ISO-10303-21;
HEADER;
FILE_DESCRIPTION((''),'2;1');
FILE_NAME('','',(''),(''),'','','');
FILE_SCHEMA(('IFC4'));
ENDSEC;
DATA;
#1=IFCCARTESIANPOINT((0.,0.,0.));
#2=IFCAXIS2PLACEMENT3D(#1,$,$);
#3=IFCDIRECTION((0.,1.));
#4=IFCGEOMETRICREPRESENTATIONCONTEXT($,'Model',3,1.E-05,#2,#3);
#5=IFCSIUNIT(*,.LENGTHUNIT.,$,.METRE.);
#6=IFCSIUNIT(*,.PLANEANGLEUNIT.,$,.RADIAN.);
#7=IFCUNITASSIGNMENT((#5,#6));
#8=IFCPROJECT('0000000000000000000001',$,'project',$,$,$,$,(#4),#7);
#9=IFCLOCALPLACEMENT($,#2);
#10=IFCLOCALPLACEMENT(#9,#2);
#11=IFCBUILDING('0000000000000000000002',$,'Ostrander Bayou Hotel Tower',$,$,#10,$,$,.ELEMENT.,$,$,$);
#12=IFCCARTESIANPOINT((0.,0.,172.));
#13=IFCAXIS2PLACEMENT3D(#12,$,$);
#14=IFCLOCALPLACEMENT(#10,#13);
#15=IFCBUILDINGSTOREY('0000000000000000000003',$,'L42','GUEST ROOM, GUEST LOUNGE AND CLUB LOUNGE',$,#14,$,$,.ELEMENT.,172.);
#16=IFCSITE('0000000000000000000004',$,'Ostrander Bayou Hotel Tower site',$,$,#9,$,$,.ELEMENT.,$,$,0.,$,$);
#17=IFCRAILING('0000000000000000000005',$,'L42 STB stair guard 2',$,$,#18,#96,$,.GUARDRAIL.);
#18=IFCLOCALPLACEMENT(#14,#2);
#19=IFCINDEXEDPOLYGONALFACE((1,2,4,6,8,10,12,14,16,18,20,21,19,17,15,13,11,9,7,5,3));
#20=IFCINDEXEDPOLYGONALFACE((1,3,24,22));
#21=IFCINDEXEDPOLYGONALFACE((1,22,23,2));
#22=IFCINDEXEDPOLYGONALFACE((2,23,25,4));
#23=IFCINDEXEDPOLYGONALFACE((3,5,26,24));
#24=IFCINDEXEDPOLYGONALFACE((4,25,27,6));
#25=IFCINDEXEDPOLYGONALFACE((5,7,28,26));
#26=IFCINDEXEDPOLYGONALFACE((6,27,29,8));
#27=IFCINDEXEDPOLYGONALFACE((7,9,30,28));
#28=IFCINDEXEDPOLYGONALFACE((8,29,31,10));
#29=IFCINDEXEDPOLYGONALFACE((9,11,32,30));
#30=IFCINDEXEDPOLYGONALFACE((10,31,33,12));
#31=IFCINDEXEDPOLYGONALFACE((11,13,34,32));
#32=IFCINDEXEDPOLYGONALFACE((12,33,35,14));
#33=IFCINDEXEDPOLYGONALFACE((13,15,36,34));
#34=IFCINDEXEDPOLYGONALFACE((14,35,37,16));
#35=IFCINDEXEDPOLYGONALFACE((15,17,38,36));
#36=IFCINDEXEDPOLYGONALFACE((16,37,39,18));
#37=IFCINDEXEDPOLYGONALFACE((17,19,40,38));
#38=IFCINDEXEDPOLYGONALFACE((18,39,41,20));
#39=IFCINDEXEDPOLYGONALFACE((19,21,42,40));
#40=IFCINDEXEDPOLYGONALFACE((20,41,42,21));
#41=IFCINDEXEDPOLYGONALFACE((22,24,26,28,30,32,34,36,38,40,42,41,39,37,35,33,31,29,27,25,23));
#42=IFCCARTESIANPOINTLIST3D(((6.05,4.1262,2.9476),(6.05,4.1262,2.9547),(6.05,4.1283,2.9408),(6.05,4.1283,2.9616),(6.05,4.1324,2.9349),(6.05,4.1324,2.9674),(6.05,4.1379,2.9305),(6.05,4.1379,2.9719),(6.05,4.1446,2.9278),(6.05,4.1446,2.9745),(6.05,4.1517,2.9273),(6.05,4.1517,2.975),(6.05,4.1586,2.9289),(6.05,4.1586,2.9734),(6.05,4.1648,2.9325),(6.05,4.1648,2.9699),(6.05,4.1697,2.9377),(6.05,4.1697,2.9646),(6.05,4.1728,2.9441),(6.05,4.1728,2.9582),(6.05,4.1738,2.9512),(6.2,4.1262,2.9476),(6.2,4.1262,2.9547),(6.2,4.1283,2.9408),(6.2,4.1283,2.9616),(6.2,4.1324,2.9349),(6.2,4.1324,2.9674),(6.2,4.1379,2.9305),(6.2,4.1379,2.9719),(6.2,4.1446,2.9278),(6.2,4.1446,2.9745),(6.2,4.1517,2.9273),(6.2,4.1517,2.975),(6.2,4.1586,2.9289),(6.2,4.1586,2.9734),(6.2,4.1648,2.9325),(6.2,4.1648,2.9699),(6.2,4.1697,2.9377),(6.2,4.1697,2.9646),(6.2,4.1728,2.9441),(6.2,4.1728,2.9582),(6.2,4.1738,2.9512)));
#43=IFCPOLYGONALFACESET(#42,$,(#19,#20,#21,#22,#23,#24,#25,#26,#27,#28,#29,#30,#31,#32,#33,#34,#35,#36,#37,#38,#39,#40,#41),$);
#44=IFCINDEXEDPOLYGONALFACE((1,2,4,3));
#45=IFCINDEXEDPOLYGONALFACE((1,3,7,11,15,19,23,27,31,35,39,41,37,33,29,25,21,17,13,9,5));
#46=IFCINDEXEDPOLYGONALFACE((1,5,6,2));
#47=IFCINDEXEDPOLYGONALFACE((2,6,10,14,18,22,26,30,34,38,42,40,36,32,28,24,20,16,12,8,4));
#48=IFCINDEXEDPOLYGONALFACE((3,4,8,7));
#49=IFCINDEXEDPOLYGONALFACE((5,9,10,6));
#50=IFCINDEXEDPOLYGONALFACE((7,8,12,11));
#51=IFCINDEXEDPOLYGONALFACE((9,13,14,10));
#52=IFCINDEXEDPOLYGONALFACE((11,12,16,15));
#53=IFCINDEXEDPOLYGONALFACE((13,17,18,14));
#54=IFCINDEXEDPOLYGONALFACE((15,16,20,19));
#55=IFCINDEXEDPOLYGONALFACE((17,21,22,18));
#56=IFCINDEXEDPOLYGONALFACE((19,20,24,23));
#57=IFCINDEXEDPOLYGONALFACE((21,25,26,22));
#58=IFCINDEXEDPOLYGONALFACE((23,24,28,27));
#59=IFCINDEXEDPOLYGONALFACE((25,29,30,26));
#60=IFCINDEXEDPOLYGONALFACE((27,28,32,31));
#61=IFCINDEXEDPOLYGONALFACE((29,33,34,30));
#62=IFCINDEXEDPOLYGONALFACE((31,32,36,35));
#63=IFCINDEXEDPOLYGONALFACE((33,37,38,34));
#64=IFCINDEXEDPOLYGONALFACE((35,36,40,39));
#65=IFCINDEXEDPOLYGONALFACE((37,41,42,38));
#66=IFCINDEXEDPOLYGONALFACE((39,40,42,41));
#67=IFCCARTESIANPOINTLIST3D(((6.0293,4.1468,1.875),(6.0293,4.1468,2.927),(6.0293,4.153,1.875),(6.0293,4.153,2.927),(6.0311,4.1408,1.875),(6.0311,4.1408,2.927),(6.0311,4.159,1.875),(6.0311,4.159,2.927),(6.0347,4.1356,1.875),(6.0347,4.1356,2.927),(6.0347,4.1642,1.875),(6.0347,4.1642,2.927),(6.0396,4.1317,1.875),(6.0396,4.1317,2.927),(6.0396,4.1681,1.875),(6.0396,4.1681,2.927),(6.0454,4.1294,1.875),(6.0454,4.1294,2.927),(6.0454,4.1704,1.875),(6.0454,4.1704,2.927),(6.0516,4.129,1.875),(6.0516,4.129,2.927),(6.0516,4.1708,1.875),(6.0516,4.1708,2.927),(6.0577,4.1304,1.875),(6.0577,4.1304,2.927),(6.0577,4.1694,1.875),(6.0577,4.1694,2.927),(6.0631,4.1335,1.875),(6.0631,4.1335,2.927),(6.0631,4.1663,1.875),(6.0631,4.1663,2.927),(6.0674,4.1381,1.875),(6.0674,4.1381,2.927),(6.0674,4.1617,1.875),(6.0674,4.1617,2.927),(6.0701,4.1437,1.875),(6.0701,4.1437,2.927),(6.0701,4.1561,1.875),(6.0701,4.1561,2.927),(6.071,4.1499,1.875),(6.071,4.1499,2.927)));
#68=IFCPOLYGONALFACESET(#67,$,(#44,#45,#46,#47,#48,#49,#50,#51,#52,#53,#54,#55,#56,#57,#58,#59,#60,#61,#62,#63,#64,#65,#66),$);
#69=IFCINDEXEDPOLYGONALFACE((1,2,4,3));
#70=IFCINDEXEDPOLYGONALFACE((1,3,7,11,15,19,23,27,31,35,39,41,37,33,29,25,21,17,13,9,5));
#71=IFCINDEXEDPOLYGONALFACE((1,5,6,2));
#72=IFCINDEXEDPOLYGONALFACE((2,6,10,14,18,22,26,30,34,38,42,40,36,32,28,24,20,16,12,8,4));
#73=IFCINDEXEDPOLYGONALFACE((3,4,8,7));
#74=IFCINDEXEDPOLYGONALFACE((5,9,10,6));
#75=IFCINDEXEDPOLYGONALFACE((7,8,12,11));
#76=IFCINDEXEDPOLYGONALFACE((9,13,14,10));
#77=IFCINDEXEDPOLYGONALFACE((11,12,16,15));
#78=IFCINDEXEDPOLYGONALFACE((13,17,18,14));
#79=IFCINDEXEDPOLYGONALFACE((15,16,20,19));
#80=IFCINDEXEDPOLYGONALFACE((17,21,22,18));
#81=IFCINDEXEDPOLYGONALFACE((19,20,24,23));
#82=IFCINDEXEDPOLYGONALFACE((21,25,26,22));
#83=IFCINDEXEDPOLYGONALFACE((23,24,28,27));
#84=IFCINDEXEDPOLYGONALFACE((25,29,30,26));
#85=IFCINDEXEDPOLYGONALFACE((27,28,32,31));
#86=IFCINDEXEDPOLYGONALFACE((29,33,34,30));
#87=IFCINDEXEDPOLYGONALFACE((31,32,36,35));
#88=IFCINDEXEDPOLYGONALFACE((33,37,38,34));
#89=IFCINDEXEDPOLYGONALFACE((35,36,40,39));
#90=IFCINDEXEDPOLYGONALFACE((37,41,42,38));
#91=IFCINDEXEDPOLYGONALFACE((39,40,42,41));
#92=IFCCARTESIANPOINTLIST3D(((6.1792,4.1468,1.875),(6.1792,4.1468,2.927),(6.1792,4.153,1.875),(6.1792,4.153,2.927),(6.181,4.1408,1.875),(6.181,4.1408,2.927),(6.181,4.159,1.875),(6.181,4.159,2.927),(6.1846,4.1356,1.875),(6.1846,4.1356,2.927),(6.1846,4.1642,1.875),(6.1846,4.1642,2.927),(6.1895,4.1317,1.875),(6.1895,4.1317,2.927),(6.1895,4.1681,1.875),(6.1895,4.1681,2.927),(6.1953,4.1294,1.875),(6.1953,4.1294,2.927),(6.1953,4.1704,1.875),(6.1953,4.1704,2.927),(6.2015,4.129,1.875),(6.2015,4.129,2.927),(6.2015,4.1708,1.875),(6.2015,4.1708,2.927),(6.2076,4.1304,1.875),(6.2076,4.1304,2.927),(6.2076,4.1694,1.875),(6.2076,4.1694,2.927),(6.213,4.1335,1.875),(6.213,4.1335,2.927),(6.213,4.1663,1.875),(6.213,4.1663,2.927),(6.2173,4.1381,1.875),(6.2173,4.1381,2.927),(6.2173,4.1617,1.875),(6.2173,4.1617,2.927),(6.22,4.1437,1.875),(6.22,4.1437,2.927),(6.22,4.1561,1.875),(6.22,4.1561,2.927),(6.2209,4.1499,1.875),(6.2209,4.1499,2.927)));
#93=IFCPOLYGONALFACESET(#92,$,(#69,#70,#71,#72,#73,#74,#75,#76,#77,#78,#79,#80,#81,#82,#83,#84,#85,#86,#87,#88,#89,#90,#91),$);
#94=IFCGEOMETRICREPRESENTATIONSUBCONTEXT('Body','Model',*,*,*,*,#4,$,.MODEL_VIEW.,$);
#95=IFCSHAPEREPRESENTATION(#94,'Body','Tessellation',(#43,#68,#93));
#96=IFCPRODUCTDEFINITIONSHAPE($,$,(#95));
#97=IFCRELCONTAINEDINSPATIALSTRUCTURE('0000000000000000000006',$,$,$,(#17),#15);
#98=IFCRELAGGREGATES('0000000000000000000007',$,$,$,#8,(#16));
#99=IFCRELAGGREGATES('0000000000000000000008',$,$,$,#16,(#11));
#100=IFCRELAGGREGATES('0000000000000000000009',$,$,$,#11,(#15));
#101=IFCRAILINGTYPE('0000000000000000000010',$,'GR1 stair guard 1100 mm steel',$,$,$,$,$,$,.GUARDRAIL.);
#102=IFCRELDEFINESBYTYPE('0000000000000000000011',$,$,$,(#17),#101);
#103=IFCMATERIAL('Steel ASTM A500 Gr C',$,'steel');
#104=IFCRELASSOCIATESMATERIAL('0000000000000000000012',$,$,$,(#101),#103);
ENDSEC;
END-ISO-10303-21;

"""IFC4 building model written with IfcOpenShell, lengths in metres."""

from ifc_helpers import new_model, si_unit, direction, frame, origin, origin_2d, place, context, subcontext, project, spatial, circle, extrude, material, type_object, element, save


model = new_model("IFC4")

# Units and contexts
model_context = context("Model", 3, precision=1e-05, world=origin(), true_north=direction((0.0, 1.0)))
body_context = subcontext(model_context, "Body", "Model", "MODEL_VIEW")
ifc_project = project(units=[si_unit("LENGTHUNIT", "METRE"), si_unit("PLANEANGLEUNIT", "RADIAN")], contexts=[model_context])

# Site, building, storey
site_placement = place(None, origin())
site = spatial("IfcSite", under=ifc_project, at=site_placement, Name="Ostrander Bayou Hotel Tower site", CompositionType="ELEMENT", RefElevation=0.0)
building_placement = place(site_placement, origin())
building = spatial("IfcBuilding", under=site, at=building_placement, Name="Ostrander Bayou Hotel Tower", CompositionType="ELEMENT")
storey_placement = place(building_placement, frame((0.0, 0.0, 172.0)))
storey = spatial("IfcBuildingStorey", under=building, at=storey_placement, Name="L42", Description="GUEST ROOM, GUEST LOUNGE AND CLUB LOUNGE", CompositionType="ELEMENT", Elevation=172.0)

# Railing
ifc_material_1 = material(Name="Steel ASTM A500 Gr C", Category="steel")
railing_type_1 = type_object("IfcRailingType", Name="GR1 stair guard 1100 mm steel", PredefinedType="GUARDRAIL", material=ifc_material_1)
railing_1_placement = place(storey_placement, frame((6.05, 4.1499, 1.875)))
element("IfcRailing", 1, at=railing_1_placement, inside=storey, type_object=railing_type_1, Name="L42 STB stair guard 2", PredefinedType="GUARDRAIL", context=body_context, shape_type="SweptSolid", body=[
    extrude(circle(Radius=0.0239, at=origin_2d()), frame((0.0, 0.0, 1.0762), z_axis=(1.0, 0.0, 0.0), x_axis=(0.0, 1.0, 0.0)), (0.0, 0.0, 1.0), 0.1499),
    extrude(circle(Radius=0.021, at=origin_2d()), origin(), (0.0, 0.0, 1.0), 1.052),
    extrude(circle(Radius=0.021, at=origin_2d()), frame((0.1499, 0.0, 0.0)), (0.0, 0.0, 1.0), 1.052),
])

save(model, "model.ifc")
